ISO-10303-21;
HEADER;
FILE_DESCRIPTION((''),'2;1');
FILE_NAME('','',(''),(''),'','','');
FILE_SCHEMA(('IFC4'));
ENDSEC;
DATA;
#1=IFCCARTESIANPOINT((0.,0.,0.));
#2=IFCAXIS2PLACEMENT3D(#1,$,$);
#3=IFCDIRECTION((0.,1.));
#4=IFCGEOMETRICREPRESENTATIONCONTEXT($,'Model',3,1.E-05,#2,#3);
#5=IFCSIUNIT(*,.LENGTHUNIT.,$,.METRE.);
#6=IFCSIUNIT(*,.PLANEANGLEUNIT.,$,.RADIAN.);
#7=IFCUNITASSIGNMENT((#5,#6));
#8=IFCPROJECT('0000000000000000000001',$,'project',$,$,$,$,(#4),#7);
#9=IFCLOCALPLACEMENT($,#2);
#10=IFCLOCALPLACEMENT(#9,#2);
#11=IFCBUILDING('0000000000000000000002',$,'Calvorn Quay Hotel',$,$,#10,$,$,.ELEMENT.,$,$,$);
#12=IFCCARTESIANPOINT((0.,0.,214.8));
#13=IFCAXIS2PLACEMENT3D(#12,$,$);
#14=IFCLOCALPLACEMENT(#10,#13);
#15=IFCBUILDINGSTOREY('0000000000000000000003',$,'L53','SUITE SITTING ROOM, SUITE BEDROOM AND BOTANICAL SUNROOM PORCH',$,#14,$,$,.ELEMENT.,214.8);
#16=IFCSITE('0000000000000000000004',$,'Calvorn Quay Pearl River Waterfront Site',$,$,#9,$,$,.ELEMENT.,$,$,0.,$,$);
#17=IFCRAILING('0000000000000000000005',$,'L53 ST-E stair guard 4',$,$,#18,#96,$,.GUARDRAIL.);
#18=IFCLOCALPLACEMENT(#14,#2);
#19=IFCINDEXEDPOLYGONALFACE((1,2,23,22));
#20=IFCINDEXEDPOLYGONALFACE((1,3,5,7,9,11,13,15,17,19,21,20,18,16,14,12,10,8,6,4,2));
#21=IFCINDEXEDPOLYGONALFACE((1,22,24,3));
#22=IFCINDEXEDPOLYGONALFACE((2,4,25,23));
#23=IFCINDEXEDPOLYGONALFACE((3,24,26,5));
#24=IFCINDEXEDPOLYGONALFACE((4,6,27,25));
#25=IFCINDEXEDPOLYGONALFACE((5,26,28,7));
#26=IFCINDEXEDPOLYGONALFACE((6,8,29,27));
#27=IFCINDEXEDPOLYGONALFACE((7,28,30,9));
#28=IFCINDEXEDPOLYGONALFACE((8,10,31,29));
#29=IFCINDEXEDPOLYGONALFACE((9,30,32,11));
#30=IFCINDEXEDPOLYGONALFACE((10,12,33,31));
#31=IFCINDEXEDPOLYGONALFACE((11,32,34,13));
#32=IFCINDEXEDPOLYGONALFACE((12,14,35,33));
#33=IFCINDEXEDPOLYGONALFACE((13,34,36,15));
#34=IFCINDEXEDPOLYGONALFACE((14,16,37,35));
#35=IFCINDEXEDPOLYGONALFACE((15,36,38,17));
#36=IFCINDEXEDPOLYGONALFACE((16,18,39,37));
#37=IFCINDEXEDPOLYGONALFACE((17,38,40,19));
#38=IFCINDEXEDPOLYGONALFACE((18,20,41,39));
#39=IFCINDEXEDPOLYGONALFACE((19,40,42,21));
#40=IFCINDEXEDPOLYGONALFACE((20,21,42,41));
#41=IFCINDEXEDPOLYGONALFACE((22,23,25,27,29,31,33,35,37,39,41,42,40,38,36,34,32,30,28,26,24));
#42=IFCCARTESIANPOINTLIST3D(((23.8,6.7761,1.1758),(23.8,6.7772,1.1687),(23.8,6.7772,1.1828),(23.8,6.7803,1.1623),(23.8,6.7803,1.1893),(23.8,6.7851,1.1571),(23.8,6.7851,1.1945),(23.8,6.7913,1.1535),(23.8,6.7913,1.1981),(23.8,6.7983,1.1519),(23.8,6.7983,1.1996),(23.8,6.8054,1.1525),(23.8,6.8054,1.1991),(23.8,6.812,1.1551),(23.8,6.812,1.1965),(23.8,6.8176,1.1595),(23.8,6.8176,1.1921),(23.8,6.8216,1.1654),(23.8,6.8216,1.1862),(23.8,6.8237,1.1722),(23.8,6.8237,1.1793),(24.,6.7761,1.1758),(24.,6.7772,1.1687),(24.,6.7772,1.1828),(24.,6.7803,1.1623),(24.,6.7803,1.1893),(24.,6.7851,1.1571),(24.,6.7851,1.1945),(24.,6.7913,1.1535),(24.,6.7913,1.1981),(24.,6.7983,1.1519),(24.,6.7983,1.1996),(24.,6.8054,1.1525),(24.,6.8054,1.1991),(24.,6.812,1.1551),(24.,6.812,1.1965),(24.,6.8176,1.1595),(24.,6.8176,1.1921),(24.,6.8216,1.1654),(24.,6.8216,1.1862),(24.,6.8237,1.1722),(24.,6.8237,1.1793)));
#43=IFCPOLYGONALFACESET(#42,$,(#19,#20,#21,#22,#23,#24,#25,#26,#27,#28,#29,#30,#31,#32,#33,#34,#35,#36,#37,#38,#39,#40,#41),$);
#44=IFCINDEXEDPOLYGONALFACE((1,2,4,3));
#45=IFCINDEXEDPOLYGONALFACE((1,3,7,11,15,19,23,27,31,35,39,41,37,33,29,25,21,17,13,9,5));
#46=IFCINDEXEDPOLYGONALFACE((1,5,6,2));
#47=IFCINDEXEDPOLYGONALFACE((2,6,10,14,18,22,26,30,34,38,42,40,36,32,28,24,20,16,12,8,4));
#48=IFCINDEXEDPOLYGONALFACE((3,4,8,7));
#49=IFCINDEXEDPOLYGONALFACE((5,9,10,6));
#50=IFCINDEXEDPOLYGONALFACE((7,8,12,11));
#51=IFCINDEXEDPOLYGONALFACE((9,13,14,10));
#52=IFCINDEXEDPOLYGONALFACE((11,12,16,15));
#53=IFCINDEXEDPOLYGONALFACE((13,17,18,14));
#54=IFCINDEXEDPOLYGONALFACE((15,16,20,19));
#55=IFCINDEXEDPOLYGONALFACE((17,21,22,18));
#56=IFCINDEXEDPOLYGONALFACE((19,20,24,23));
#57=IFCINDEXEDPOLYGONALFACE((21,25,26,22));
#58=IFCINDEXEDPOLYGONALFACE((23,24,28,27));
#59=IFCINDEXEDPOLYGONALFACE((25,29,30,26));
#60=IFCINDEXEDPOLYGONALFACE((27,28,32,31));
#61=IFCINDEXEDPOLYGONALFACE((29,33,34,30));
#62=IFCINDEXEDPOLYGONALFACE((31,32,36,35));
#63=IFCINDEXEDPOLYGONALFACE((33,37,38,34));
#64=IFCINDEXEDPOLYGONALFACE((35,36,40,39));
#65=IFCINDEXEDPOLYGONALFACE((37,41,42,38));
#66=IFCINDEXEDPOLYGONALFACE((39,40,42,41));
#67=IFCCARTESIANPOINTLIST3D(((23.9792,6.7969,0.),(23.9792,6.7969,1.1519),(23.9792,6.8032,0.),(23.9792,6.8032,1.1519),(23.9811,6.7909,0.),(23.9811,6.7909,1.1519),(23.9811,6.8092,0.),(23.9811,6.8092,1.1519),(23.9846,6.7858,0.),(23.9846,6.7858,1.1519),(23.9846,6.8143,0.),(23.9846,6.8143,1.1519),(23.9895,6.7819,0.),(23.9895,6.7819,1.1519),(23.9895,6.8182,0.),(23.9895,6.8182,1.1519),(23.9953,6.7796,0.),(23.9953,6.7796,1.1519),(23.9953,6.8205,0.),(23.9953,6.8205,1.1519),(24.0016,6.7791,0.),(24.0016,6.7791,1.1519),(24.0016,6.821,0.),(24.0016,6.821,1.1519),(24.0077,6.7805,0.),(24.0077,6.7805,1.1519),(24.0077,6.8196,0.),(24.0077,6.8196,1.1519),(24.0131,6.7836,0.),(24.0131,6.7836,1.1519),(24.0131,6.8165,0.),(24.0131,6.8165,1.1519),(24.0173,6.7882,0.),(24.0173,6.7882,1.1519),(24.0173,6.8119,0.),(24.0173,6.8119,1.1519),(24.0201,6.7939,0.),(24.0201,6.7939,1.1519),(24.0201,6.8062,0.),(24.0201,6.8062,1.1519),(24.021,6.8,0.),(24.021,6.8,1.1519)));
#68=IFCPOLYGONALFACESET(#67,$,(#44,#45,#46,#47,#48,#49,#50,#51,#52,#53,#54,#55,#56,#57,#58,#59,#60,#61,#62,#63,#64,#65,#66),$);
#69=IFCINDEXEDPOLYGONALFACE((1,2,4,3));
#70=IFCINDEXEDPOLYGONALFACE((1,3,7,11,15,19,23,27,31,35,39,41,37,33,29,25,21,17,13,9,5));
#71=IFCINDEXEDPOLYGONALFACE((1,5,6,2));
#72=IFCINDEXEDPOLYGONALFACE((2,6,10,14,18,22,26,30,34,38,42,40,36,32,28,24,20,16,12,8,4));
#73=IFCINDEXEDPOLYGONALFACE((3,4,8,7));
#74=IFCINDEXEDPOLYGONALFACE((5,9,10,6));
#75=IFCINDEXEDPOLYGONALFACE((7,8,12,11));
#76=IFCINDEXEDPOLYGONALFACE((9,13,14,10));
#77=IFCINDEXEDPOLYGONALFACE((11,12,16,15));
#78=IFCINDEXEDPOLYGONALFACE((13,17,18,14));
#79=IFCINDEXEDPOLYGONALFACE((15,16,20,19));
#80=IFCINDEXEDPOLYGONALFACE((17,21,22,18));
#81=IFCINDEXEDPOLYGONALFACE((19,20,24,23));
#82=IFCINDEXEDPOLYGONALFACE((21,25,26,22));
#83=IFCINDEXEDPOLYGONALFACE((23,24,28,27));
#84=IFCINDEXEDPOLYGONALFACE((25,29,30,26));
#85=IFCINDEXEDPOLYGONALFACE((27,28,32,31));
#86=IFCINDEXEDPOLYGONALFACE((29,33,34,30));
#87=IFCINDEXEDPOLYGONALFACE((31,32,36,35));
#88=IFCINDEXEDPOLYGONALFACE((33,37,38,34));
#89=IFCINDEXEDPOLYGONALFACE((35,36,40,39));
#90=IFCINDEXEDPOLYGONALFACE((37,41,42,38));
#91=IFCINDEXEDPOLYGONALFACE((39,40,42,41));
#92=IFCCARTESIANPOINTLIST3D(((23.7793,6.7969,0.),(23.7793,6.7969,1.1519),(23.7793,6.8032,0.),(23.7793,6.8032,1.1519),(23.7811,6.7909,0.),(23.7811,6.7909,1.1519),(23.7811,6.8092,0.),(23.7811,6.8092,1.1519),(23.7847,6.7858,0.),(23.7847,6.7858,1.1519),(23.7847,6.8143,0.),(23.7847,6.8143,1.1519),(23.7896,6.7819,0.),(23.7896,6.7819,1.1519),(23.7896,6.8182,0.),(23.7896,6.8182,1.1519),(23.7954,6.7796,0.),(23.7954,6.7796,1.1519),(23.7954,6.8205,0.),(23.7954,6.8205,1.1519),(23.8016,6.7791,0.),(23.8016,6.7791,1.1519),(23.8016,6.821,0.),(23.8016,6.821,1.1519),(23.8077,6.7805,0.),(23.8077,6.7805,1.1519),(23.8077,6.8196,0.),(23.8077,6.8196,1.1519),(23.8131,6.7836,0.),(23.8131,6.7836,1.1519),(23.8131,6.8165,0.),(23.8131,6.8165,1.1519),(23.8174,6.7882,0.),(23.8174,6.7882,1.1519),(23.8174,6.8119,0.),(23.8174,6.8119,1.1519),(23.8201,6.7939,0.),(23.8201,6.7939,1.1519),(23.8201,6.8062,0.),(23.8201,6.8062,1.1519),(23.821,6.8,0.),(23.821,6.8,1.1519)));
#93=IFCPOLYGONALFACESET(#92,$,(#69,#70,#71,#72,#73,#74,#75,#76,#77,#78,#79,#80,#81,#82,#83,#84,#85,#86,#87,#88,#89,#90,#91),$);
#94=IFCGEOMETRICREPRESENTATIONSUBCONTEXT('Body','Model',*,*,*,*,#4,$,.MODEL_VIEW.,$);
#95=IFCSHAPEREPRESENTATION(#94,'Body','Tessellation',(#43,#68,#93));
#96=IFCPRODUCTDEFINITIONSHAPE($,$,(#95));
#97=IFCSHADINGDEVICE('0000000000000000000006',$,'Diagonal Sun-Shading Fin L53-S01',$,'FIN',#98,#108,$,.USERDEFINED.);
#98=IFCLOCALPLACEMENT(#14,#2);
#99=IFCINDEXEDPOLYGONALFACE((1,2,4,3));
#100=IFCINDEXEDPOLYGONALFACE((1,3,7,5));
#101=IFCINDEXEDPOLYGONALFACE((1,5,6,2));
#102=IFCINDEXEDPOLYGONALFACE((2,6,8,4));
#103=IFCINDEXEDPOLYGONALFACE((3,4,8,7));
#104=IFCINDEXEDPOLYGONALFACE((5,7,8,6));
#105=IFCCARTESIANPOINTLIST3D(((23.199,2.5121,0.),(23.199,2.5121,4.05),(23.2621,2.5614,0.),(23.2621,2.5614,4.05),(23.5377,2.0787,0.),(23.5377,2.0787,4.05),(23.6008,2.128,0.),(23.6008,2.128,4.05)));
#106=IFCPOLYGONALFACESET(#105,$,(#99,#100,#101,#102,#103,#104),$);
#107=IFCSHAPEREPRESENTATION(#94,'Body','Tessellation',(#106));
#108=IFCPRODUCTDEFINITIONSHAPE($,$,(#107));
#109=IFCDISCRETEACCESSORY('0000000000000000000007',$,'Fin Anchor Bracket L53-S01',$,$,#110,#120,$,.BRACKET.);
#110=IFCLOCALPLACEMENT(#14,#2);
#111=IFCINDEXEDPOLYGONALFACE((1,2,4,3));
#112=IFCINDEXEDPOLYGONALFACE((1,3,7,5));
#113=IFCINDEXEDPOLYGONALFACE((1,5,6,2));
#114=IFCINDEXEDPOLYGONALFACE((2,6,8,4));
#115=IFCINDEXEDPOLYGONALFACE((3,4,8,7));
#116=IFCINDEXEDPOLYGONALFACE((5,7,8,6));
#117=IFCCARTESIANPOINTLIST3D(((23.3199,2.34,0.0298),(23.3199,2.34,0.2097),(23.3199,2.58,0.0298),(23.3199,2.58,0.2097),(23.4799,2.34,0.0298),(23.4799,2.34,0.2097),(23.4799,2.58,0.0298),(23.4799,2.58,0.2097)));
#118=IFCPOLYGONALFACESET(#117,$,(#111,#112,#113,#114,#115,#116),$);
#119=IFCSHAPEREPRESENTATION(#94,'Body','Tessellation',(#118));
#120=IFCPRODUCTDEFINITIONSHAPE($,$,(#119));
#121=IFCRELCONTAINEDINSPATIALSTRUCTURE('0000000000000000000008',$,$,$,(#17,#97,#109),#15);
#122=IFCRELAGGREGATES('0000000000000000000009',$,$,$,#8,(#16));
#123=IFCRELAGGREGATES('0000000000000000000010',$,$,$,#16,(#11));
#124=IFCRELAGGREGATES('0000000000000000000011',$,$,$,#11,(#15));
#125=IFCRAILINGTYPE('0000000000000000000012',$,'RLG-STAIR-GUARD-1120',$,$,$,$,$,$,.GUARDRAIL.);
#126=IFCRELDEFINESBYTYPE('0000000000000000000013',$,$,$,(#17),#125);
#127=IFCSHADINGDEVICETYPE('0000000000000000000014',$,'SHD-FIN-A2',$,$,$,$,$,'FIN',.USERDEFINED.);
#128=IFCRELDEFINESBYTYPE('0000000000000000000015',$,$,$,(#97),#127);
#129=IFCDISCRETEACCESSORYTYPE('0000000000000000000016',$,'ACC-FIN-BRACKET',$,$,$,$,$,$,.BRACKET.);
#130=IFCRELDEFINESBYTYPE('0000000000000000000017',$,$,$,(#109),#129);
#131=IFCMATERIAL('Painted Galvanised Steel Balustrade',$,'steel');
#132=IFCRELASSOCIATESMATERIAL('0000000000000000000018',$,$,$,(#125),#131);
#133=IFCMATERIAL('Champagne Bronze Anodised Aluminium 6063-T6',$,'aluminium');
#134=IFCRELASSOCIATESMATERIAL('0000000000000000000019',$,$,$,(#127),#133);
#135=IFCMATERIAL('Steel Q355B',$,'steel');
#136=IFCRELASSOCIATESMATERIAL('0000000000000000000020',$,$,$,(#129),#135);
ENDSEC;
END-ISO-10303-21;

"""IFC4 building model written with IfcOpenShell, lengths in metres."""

from ifc_helpers import new_model, si_unit, direction, frame, origin, origin_2d, place, context, subcontext, project, spatial, rectangle, circle, extrude, material, type_object, element, save


model = new_model("IFC4")

# Units and contexts
model_context = context("Model", 3, precision=1e-05, world=origin(), true_north=direction((0.0, 1.0)))
body_context = subcontext(model_context, "Body", "Model", "MODEL_VIEW")
ifc_project = project(units=[si_unit("LENGTHUNIT", "METRE"), si_unit("PLANEANGLEUNIT", "RADIAN")], contexts=[model_context])

# Site, building, storey
site_placement = place(None, origin())
site = spatial("IfcSite", under=ifc_project, at=site_placement, Name="Calvorn Quay Pearl River Waterfront Site", CompositionType="ELEMENT", RefElevation=0.0)
building_placement = place(site_placement, origin())
building = spatial("IfcBuilding", under=site, at=building_placement, Name="Calvorn Quay Hotel", CompositionType="ELEMENT")
storey_placement = place(building_placement, frame((0.0, 0.0, 214.8)))
storey = spatial("IfcBuildingStorey", under=building, at=storey_placement, Name="L53", Description="SUITE SITTING ROOM, SUITE BEDROOM AND BOTANICAL SUNROOM PORCH", CompositionType="ELEMENT", Elevation=214.8)

# Railing
ifc_material_1 = material(Name="Painted Galvanised Steel Balustrade", Category="steel")
railing_type_1 = type_object("IfcRailingType", Name="RLG-STAIR-GUARD-1120", PredefinedType="GUARDRAIL", material=ifc_material_1)
railing_1_placement = place(storey_placement, frame((24.0, 6.8, 0.0)))
element("IfcRailing", 1, at=railing_1_placement, inside=storey, type_object=railing_type_1, Name="L53 ST-E stair guard 4", PredefinedType="GUARDRAIL", context=body_context, shape_type="SweptSolid", body=[
    extrude(circle(Radius=0.0239, at=origin_2d()), frame((0.0, 0.0, 1.1758), z_axis=(-1.0, 0.0, 0.0), x_axis=(0.0, -1.0, 0.0)), (0.0, 0.0, 1.0), 0.2),
    extrude(circle(Radius=0.021, at=origin_2d()), origin(), (0.0, 0.0, 1.0), 1.1519),
    extrude(circle(Radius=0.021, at=origin_2d()), frame((-0.2, 0.0, 0.0)), (0.0, 0.0, 1.0), 1.1519),
])

# Shading device
ifc_material_2 = material(Name="Champagne Bronze Anodised Aluminium 6063-T6", Category="aluminium")
shading_device_type = type_object("IfcShadingDeviceType", Name="SHD-FIN-A2", ElementType="FIN", PredefinedType="USERDEFINED", material=ifc_material_2)
shading_device_placement = place(storey_placement, frame((23.3999, 2.3201, 0.0), z_axis=(0.0, 0.0, 1.0), x_axis=(-0.615661, 0.788011, 0.0)))
element("IfcShadingDevice", 2, at=shading_device_placement, inside=storey, type_object=shading_device_type, Name="Diagonal Sun-Shading Fin L53-S01", ObjectType="FIN", PredefinedType="USERDEFINED", context=body_context, shape_type="SweptSolid", body=[
    extrude(rectangle(XDim=0.55, YDim=0.0801, at=origin_2d()), origin(), (0.0, 0.0, 1.0), 4.05),
])

# Discrete accessory
ifc_material_3 = material(Name="Steel Q355B", Category="steel")
discrete_accessory_type = type_object("IfcDiscreteAccessoryType", Name="ACC-FIN-BRACKET", PredefinedType="BRACKET", material=ifc_material_3)
discrete_accessory_placement = place(storey_placement, frame((23.3999, 2.46, 0.0298), z_axis=(0.0, 0.0, 1.0), x_axis=(0.0, 1.0, 0.0)))
element("IfcDiscreteAccessory", 3, at=discrete_accessory_placement, inside=storey, type_object=discrete_accessory_type, Name="Fin Anchor Bracket L53-S01", PredefinedType="BRACKET", context=body_context, shape_type="SweptSolid", body=[
    extrude(rectangle(XDim=0.24, YDim=0.1599, at=origin_2d()), origin(), (0.0, 0.0, 1.0), 0.1799),
])

save(model, "model.ifc")
